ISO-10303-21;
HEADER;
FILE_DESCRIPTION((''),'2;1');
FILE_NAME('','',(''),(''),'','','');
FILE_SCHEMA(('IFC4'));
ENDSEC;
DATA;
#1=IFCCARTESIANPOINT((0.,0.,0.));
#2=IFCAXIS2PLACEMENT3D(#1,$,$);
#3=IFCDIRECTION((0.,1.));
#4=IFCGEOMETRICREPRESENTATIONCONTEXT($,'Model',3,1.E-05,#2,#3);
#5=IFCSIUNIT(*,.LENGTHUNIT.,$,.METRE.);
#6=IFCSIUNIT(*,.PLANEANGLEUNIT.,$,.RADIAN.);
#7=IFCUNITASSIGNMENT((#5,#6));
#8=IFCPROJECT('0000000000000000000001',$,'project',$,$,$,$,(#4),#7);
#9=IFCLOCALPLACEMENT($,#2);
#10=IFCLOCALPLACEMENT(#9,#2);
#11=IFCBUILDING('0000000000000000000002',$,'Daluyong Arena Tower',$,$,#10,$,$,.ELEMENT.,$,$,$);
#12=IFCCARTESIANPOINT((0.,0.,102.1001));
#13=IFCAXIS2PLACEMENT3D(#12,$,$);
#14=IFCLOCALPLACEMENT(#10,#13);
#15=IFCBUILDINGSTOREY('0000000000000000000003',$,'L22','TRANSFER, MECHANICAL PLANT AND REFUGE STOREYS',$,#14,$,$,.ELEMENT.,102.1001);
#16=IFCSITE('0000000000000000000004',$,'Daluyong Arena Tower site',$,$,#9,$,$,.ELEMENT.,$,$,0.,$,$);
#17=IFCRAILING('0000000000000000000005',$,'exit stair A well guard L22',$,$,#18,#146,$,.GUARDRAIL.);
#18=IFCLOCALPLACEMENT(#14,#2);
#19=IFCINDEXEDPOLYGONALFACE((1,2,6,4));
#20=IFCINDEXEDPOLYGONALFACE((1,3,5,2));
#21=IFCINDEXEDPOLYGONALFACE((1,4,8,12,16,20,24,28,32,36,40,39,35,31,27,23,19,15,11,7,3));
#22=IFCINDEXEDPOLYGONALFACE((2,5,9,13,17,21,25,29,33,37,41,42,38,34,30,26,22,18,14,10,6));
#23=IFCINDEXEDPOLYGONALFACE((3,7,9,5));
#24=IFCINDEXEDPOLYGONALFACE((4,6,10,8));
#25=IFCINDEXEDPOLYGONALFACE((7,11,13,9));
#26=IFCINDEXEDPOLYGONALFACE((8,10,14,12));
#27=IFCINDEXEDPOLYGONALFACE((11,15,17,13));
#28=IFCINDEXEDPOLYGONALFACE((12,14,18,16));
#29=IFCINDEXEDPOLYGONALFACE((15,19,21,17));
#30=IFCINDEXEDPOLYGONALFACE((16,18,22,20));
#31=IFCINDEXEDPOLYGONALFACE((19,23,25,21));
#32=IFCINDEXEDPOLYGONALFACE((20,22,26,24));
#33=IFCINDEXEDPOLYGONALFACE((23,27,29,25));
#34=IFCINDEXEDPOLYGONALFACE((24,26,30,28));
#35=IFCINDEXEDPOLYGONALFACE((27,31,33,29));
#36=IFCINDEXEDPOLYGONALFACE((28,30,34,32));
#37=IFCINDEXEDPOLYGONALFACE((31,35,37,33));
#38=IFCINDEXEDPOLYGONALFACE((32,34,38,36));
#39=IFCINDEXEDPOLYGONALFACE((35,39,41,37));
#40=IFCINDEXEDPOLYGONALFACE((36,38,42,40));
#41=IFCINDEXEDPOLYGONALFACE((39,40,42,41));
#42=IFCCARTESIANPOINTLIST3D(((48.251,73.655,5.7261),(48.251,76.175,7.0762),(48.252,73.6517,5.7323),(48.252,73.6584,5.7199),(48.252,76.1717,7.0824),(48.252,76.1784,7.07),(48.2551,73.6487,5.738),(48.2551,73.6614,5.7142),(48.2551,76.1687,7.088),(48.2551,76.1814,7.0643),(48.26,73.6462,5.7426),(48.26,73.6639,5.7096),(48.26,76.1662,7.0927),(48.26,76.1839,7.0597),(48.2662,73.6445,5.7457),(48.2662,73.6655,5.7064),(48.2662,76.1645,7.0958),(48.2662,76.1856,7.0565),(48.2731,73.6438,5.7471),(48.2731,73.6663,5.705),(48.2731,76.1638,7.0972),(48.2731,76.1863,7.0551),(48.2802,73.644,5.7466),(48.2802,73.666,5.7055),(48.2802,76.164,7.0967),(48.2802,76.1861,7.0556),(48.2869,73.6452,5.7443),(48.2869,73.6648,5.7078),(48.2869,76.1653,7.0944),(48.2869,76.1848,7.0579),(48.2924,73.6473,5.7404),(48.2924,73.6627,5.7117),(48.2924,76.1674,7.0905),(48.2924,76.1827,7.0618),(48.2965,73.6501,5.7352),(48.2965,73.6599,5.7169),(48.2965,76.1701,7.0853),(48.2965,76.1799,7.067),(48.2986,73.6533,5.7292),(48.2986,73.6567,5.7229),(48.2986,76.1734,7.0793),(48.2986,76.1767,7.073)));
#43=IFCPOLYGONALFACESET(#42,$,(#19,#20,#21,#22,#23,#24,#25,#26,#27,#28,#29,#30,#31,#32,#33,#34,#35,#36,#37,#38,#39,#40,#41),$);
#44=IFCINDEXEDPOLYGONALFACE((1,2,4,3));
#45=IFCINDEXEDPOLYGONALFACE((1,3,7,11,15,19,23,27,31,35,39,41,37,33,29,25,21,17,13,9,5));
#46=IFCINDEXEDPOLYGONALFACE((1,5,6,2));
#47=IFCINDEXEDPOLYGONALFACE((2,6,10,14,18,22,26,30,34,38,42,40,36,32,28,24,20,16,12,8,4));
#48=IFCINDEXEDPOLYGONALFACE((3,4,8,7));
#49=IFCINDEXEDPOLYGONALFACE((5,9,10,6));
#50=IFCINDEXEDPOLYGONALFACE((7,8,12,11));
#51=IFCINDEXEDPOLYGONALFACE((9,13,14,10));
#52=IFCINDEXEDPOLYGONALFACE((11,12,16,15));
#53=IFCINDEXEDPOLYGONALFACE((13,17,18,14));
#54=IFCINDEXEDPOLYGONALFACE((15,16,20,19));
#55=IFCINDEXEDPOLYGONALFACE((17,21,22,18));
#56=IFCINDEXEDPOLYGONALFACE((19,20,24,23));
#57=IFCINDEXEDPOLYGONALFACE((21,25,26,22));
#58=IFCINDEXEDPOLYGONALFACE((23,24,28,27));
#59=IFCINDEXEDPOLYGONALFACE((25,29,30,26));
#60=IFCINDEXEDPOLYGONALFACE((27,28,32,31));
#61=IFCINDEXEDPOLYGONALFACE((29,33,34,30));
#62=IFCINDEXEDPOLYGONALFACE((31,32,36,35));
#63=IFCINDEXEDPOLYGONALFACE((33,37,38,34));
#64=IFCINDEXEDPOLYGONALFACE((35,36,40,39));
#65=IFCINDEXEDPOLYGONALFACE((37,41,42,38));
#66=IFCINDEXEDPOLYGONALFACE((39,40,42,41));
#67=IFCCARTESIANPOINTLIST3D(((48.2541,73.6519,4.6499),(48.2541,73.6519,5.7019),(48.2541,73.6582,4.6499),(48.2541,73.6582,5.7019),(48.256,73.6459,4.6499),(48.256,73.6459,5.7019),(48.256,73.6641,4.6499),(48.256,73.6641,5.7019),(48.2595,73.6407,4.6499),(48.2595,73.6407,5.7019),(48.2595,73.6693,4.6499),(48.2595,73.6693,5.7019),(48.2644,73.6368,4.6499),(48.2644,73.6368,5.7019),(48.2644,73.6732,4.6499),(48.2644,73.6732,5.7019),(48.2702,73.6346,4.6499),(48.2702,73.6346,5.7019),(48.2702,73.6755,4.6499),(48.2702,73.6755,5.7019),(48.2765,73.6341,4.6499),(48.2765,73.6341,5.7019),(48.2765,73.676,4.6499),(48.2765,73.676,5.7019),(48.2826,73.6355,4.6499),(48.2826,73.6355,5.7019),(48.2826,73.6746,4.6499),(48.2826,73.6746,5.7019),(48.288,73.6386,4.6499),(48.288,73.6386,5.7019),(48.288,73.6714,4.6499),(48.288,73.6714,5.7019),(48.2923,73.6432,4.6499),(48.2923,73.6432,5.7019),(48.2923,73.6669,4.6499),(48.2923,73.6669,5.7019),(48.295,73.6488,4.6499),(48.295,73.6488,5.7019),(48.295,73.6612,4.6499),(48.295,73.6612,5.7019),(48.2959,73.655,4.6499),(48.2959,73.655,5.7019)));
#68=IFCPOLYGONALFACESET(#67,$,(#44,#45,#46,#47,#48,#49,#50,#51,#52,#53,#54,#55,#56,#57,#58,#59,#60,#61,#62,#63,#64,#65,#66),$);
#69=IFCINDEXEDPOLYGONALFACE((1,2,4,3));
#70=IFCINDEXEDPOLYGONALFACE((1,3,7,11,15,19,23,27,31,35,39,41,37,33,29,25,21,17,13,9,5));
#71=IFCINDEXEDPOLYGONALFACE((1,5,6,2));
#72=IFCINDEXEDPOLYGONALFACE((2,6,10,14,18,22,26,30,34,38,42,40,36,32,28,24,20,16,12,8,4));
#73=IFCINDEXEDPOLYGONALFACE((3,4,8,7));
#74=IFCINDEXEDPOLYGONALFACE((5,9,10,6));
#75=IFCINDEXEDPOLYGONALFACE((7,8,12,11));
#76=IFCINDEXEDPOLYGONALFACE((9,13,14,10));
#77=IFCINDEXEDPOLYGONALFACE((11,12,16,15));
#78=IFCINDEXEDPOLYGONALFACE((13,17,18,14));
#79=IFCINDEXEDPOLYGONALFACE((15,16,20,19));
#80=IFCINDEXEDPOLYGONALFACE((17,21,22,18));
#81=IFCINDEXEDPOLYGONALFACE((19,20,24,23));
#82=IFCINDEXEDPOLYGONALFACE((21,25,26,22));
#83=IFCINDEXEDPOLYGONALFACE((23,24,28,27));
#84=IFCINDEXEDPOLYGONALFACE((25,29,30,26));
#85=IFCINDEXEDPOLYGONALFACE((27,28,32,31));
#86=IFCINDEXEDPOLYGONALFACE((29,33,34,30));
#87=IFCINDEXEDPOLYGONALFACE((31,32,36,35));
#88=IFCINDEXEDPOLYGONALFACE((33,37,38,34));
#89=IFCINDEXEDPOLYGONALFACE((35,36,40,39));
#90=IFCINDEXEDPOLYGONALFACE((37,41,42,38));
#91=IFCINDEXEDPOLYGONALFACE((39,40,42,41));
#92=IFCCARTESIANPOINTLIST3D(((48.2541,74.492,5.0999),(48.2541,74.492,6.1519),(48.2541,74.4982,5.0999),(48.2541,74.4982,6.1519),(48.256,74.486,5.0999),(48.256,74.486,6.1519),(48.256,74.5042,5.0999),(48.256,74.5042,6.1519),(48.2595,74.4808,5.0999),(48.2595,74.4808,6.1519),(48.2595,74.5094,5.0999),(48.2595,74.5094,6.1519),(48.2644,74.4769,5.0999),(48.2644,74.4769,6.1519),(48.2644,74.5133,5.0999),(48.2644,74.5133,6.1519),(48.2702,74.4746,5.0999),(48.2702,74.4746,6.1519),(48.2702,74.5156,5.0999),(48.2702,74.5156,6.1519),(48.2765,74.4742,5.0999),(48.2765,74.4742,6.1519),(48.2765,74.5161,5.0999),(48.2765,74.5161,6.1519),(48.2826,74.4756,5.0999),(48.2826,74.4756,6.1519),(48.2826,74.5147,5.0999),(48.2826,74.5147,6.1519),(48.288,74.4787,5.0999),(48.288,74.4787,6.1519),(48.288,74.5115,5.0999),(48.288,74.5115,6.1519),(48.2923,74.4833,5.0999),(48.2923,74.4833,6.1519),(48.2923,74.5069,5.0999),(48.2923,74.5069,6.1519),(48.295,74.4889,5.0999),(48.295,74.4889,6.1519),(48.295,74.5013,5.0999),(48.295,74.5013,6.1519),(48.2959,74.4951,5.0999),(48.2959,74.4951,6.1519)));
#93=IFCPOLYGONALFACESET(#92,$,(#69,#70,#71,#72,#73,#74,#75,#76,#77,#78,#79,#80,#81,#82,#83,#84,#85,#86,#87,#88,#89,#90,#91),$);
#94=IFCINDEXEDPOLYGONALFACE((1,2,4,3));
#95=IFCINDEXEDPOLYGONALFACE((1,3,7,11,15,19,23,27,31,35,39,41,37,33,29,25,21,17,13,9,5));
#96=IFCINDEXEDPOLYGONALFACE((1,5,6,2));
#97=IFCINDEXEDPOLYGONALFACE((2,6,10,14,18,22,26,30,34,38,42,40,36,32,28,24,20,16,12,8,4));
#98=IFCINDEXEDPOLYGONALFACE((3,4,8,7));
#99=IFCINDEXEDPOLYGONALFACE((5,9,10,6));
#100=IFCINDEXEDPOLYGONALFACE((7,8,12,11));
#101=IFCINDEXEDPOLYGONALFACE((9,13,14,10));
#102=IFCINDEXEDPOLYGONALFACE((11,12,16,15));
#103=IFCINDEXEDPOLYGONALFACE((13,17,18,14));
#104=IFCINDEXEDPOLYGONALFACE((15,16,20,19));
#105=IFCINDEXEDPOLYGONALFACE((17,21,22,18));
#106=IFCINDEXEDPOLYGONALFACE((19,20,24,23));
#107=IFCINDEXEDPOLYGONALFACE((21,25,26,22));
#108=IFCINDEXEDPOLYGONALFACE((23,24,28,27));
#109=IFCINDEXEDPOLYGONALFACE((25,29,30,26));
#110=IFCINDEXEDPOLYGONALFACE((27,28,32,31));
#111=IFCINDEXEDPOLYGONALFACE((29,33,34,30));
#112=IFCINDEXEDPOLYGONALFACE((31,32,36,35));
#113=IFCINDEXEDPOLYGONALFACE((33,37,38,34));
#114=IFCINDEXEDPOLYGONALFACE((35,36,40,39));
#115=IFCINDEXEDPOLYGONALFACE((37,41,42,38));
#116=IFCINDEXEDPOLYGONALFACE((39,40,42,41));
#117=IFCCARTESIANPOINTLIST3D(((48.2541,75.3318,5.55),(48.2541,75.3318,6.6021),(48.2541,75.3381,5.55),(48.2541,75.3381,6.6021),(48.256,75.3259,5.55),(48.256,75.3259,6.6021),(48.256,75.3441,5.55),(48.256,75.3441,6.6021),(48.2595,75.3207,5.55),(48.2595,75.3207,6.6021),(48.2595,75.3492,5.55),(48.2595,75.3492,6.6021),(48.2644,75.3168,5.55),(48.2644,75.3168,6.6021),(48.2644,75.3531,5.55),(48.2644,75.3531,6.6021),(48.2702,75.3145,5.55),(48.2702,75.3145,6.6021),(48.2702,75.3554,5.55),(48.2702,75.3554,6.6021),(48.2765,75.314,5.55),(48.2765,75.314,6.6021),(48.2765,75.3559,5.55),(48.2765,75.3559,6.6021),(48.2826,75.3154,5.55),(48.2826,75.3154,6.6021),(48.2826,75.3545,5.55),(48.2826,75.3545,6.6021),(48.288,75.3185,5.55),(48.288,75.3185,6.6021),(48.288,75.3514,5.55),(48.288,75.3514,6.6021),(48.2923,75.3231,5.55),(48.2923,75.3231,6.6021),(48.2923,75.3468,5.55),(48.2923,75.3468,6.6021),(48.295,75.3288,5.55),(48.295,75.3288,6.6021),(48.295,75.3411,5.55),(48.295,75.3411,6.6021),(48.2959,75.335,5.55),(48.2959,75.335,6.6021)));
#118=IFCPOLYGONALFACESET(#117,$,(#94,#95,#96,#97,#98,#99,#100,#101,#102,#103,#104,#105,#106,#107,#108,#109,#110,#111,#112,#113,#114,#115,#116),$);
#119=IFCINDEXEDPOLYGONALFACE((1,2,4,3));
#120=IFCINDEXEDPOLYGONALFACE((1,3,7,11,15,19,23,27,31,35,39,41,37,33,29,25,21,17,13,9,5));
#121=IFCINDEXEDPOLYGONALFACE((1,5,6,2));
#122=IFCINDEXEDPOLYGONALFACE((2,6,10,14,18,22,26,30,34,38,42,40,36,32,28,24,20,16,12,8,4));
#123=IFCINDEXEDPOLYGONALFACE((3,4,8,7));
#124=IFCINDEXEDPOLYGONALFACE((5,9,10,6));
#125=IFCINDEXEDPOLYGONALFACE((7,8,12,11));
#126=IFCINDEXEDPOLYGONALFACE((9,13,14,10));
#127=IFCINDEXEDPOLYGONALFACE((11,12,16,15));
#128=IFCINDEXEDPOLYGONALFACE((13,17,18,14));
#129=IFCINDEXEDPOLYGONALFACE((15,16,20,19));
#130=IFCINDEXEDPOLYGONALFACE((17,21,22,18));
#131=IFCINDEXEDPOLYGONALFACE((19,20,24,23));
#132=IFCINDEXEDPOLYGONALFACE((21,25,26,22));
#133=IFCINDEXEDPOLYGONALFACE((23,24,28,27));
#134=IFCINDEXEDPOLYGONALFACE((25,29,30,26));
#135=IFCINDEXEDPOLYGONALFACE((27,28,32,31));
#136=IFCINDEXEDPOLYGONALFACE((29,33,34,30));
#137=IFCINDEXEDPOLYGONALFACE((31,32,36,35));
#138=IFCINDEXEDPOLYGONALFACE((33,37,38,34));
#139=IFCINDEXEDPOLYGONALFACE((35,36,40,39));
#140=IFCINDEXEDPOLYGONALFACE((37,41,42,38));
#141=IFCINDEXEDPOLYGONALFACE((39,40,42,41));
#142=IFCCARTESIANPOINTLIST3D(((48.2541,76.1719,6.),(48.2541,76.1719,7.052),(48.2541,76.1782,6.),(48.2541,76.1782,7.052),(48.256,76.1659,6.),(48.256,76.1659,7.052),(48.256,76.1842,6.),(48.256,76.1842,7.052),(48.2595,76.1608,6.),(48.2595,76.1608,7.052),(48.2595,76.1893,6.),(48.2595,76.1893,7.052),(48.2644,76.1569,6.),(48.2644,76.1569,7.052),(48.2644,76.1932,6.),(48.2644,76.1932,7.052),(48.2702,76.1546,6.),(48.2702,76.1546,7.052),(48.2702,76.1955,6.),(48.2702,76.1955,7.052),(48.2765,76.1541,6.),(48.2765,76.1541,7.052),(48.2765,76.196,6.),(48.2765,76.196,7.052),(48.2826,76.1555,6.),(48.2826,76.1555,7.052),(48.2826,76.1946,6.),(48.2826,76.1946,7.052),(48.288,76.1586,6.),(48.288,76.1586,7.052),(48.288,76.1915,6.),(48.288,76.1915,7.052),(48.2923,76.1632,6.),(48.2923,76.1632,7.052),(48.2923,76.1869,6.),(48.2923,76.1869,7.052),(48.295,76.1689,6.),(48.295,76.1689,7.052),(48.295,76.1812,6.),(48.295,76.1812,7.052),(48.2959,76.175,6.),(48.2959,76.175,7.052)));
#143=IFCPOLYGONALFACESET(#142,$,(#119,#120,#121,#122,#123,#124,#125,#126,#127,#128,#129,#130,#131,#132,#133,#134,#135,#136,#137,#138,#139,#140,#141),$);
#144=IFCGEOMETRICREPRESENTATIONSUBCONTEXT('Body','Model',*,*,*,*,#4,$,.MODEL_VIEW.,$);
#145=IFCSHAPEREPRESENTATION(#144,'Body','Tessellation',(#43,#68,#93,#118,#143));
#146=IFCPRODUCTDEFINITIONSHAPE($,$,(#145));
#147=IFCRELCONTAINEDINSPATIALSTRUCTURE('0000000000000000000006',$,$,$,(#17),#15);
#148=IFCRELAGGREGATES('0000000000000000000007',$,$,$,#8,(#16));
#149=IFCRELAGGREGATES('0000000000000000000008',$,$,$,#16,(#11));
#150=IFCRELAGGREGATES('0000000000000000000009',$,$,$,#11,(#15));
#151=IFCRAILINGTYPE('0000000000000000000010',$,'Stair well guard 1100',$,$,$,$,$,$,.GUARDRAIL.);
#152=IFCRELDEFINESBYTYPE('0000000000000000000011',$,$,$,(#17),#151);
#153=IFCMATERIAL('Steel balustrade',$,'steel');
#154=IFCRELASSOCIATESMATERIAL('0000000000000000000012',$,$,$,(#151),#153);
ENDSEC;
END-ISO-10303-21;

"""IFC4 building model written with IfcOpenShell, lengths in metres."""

from ifc_helpers import new_model, si_unit, direction, frame, origin, origin_2d, place, context, subcontext, project, spatial, circle, extrude, material, type_object, element, save


model = new_model("IFC4")

# Units and contexts
model_context = context("Model", 3, precision=1e-05, world=origin(), true_north=direction((0.0, 1.0)))
body_context = subcontext(model_context, "Body", "Model", "MODEL_VIEW")
ifc_project = project(units=[si_unit("LENGTHUNIT", "METRE"), si_unit("PLANEANGLEUNIT", "RADIAN")], contexts=[model_context])

# Site, building, storey
site_placement = place(None, origin())
site = spatial("IfcSite", under=ifc_project, at=site_placement, Name="Daluyong Arena Tower site", CompositionType="ELEMENT", RefElevation=0.0)
building_placement = place(site_placement, origin())
building = spatial("IfcBuilding", under=site, at=building_placement, Name="Daluyong Arena Tower", CompositionType="ELEMENT")
storey_placement = place(building_placement, frame((0.0, 0.0, 102.1001)))
storey = spatial("IfcBuildingStorey", under=building, at=storey_placement, Name="L22", Description="TRANSFER, MECHANICAL PLANT AND REFUGE STOREYS", CompositionType="ELEMENT", Elevation=102.1001)

# Railing
ifc_material_1 = material(Name="Steel balustrade", Category="steel")
railing_type_1 = type_object("IfcRailingType", Name="Stair well guard 1100", PredefinedType="GUARDRAIL", material=ifc_material_1)
railing_1_placement = place(storey_placement, frame((48.2749, 73.655, 4.6499)))
element("IfcRailing", 1, at=railing_1_placement, inside=storey, type_object=railing_type_1, Name="exit stair A well guard L22", PredefinedType="GUARDRAIL", context=body_context, shape_type="SweptSolid", body=[
    extrude(circle(Radius=0.0239, at=origin_2d()), frame((0.0, 0.0, 1.0762), z_axis=(0.0, 0.881467, 0.472245), x_axis=(-1.0, 0.0, 0.0)), (0.0, 0.0, 1.0), 2.8589),
    extrude(circle(Radius=0.021, at=origin_2d()), origin(), (0.0, 0.0, 1.0), 1.052),
    extrude(circle(Radius=0.021, at=origin_2d()), frame((0.0, 0.8401, 0.45)), (0.0, 0.0, 1.0), 1.052),
    extrude(circle(Radius=0.021, at=origin_2d()), frame((0.0, 1.6799, 0.9001)), (0.0, 0.0, 1.0), 1.052),
    extrude(circle(Radius=0.021, at=origin_2d()), frame((0.0, 2.52, 1.3501)), (0.0, 0.0, 1.0), 1.052),
])

save(model, "model.ifc")
